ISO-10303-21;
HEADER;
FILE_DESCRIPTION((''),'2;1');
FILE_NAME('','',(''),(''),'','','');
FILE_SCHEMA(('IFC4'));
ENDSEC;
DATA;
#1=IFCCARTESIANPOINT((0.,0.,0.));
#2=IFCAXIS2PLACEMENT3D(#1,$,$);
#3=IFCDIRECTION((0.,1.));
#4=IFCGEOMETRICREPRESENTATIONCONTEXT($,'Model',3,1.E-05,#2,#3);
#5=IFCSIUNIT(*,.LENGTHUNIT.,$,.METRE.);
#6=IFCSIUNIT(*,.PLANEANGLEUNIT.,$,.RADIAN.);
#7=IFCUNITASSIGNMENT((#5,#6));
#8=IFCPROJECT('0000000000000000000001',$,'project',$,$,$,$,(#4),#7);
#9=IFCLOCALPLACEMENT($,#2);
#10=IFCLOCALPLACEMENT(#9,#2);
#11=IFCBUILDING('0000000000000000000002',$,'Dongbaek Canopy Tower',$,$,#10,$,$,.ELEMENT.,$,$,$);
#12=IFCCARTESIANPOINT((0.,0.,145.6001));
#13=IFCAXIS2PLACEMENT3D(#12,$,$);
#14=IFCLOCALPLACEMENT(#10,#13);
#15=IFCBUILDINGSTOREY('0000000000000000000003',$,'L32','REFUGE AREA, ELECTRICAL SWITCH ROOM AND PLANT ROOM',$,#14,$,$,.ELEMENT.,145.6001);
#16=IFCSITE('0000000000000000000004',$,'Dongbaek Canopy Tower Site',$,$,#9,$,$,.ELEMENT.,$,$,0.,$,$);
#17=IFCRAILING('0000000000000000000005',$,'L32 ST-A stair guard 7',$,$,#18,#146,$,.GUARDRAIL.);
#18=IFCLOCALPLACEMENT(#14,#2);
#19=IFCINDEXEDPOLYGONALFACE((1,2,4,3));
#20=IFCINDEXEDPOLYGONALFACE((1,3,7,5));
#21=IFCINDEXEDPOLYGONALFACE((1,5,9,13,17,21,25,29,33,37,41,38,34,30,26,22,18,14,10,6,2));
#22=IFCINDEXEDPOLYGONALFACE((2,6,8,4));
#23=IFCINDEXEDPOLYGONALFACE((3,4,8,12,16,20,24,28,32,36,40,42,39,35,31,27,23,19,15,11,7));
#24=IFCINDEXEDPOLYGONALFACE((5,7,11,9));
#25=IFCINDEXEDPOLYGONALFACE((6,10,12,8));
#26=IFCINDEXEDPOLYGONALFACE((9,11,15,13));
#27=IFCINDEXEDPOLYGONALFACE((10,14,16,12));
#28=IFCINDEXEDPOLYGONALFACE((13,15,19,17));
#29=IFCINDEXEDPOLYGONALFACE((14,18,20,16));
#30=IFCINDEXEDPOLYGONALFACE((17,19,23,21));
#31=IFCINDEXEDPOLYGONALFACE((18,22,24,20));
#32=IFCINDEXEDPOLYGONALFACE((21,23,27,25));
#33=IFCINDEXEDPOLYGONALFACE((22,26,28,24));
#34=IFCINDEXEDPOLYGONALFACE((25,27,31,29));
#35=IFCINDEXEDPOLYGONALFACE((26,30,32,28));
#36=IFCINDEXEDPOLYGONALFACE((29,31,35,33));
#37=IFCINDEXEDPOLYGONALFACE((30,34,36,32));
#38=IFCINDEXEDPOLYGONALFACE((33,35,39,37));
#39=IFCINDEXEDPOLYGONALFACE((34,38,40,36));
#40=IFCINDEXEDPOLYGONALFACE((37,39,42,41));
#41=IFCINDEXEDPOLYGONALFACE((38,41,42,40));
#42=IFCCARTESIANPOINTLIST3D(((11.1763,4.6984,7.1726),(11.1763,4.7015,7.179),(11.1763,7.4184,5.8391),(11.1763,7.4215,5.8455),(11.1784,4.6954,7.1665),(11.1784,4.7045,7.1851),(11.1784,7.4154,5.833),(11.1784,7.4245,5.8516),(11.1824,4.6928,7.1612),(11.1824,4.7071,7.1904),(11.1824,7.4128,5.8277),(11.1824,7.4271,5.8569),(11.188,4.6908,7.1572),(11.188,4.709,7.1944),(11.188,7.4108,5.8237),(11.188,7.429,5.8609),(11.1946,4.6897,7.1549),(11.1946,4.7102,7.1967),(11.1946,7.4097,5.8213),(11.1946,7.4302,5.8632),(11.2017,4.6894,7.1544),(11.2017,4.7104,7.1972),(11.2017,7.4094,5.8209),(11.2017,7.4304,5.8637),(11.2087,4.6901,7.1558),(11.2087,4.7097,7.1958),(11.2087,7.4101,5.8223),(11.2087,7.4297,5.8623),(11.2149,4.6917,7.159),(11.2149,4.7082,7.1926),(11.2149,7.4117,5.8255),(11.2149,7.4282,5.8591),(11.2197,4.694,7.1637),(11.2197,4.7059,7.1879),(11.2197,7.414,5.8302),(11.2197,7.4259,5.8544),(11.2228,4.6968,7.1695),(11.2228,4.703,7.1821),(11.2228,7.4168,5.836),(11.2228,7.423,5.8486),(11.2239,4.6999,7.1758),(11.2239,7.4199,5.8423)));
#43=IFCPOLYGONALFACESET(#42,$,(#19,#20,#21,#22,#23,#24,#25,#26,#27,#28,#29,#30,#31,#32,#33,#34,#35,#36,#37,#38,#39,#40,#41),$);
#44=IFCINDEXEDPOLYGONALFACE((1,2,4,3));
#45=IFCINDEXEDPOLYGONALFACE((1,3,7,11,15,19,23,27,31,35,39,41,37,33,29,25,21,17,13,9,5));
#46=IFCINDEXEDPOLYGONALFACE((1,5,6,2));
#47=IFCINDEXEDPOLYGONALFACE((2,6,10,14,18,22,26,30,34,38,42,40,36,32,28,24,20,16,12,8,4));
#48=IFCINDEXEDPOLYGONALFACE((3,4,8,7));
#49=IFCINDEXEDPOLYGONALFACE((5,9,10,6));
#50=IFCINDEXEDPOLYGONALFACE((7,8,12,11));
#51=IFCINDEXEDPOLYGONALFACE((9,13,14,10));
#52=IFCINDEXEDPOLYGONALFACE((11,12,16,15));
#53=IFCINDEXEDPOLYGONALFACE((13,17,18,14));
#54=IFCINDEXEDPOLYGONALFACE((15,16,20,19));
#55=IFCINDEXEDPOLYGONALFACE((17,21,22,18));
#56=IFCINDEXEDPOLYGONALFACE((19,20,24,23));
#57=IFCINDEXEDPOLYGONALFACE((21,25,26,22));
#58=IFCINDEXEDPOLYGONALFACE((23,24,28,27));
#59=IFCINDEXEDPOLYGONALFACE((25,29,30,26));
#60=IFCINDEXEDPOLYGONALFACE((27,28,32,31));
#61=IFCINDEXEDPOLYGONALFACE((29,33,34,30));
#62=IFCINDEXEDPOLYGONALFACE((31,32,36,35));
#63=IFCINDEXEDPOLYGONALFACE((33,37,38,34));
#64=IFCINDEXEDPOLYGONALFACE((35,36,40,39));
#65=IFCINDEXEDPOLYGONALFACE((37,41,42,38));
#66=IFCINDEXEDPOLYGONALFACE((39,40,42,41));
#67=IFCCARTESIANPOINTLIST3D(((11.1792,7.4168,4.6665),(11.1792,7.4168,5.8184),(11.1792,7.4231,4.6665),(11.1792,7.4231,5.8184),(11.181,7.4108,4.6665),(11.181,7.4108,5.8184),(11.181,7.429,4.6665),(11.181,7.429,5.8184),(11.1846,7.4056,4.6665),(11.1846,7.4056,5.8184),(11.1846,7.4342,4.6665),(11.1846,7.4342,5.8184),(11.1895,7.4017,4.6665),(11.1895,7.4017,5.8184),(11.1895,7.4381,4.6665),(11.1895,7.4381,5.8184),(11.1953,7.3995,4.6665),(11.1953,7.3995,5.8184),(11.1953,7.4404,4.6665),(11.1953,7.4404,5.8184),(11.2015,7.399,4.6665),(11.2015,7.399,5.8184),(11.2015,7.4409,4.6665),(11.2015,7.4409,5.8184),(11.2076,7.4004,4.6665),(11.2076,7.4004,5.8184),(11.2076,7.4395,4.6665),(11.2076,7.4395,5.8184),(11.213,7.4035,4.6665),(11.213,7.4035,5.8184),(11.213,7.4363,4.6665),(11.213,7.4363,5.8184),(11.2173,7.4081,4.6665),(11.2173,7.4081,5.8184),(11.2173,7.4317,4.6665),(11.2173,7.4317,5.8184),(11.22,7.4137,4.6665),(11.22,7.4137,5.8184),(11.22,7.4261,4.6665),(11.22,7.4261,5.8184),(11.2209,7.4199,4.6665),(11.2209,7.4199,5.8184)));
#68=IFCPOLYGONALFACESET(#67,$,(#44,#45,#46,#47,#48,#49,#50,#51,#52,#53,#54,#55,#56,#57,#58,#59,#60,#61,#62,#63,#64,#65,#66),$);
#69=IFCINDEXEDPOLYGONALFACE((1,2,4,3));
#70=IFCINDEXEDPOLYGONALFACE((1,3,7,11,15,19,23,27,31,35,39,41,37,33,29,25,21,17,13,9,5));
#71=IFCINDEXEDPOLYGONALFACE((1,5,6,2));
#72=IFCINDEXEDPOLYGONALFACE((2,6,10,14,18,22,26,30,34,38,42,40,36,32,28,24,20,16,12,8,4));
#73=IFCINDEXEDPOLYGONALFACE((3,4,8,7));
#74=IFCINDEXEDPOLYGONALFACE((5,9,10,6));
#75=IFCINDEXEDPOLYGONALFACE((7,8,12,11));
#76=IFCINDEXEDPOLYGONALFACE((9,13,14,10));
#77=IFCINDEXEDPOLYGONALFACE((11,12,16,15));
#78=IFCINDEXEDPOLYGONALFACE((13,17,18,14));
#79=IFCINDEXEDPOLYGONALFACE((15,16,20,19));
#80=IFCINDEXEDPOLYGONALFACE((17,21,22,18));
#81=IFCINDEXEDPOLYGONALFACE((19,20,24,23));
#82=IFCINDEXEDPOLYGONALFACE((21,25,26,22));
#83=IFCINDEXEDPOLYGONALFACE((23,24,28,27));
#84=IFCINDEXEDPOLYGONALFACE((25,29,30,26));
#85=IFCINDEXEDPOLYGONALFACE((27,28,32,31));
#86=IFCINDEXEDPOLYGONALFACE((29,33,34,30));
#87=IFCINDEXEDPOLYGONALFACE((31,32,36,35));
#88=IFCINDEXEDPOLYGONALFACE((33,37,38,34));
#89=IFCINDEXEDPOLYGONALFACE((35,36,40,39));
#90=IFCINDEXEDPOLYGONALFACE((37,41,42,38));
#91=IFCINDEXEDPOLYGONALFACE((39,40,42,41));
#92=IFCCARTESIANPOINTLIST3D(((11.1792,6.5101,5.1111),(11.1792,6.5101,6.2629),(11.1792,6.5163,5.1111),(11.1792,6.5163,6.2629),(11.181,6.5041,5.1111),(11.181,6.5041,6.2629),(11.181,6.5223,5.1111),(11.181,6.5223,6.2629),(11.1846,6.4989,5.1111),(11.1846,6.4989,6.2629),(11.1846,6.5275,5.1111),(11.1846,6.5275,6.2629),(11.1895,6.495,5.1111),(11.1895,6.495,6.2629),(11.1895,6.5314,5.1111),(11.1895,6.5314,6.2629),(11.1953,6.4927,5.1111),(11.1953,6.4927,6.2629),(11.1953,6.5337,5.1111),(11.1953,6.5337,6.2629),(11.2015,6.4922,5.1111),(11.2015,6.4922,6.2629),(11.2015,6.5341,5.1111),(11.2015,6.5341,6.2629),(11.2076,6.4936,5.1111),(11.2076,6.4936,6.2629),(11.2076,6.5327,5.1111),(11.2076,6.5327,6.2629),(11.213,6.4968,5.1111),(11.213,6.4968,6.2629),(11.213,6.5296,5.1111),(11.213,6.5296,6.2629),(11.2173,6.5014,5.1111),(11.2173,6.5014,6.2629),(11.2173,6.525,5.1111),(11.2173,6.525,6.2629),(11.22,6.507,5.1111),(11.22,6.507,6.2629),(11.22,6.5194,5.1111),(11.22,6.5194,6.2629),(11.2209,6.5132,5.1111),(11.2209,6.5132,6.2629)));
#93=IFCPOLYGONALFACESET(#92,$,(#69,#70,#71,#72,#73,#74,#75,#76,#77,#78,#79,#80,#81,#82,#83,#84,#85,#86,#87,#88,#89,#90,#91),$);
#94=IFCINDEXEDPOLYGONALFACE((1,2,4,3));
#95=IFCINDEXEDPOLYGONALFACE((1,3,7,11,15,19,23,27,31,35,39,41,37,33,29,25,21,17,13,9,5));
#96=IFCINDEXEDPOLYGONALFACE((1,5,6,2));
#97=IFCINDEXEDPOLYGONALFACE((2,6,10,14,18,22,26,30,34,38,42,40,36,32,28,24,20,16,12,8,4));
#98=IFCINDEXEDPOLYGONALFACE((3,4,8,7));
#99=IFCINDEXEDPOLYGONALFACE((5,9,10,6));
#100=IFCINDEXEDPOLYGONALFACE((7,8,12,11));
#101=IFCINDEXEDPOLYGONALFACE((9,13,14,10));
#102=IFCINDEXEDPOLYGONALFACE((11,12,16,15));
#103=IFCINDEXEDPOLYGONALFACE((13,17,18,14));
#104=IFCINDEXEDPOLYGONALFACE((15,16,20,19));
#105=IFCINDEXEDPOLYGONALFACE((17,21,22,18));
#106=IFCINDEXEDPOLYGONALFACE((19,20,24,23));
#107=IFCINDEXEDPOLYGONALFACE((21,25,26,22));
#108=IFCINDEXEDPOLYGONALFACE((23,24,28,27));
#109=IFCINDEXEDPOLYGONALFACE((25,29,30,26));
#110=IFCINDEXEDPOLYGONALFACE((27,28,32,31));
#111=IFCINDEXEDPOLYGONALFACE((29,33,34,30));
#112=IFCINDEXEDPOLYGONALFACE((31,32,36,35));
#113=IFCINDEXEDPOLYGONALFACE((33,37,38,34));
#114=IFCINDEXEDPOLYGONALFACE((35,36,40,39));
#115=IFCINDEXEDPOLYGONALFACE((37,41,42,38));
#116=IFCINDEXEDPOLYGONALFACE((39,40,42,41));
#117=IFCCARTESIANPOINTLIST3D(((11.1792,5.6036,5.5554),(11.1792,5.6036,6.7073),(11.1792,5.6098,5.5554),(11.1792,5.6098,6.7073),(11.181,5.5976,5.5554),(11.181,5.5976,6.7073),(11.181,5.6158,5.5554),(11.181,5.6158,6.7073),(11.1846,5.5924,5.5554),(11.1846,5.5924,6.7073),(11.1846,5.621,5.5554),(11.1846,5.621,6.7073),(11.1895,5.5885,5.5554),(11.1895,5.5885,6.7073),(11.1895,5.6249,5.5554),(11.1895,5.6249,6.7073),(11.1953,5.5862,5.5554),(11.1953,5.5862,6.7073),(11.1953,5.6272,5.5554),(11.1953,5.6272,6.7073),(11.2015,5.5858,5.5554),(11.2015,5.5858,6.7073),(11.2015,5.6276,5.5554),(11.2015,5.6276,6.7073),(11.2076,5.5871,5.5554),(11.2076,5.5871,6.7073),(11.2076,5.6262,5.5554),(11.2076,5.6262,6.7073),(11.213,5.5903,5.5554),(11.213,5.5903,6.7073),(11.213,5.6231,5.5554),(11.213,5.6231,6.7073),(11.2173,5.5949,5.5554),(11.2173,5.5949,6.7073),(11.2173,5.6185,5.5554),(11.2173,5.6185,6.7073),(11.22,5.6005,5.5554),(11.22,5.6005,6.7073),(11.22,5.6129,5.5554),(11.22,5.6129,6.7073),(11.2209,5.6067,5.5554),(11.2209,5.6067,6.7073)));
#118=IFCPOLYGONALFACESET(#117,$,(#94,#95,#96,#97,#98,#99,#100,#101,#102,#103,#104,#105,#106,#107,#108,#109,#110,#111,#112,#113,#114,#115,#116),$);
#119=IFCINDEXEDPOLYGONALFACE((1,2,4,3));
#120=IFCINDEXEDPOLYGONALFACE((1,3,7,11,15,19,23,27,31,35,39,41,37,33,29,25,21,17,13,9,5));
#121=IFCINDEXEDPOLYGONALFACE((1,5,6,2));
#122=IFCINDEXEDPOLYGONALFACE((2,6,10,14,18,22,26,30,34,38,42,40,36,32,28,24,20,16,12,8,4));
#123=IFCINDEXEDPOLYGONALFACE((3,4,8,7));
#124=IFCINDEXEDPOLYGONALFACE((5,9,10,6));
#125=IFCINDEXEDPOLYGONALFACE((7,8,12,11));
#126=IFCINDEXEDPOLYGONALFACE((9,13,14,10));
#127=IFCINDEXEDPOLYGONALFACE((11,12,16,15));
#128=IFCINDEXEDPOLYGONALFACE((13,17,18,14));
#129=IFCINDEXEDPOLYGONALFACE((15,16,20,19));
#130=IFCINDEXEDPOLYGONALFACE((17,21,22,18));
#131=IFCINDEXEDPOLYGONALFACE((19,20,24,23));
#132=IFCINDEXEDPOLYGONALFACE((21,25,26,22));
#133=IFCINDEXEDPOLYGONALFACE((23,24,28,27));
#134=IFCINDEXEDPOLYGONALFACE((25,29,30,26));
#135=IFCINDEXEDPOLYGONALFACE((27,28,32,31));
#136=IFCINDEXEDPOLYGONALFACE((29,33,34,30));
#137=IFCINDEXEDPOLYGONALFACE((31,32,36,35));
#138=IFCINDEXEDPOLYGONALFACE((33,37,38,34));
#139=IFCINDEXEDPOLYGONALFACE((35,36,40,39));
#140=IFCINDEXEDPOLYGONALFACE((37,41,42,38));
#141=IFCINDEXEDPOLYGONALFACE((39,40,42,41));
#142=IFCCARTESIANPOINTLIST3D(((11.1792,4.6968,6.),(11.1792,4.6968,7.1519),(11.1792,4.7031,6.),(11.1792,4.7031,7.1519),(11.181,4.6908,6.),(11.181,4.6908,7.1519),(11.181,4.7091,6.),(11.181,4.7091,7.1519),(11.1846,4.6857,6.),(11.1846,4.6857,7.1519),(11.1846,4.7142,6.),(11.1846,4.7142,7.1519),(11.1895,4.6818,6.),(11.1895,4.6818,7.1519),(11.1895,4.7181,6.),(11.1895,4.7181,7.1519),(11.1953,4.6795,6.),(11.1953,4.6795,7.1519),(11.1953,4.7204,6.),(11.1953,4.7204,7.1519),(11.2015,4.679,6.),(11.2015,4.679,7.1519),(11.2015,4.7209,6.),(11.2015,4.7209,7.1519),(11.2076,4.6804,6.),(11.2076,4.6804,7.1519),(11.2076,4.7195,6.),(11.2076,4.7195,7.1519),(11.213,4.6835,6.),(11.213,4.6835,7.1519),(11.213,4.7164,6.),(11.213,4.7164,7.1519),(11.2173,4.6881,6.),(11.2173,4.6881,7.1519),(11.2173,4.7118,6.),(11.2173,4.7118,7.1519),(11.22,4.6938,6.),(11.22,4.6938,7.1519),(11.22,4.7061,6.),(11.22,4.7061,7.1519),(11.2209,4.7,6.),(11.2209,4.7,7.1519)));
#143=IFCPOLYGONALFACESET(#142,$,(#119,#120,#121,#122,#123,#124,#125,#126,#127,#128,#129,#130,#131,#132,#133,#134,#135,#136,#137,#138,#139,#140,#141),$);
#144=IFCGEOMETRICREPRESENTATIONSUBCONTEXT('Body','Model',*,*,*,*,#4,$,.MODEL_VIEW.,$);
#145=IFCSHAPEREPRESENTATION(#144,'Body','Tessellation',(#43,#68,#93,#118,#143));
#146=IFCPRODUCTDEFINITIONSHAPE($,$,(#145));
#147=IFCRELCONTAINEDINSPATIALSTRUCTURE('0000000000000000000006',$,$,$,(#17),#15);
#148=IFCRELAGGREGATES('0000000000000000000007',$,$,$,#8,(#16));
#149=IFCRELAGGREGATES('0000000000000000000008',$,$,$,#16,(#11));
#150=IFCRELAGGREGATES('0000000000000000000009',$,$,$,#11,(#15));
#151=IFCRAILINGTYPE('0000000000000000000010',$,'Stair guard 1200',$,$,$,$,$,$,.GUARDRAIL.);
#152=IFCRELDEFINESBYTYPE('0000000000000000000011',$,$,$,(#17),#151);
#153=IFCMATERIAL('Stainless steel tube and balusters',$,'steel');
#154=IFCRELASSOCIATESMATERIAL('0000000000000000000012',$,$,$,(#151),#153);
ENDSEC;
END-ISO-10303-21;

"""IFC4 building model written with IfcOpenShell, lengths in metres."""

from ifc_helpers import new_model, si_unit, direction, frame, origin, origin_2d, place, context, subcontext, project, spatial, circle, extrude, material, type_object, element, save


model = new_model("IFC4")

# Units and contexts
model_context = context("Model", 3, precision=1e-05, world=origin(), true_north=direction((0.0, 1.0)))
body_context = subcontext(model_context, "Body", "Model", "MODEL_VIEW")
ifc_project = project(units=[si_unit("LENGTHUNIT", "METRE"), si_unit("PLANEANGLEUNIT", "RADIAN")], contexts=[model_context])

# Site, building, storey
site_placement = place(None, origin())
site = spatial("IfcSite", under=ifc_project, at=site_placement, Name="Dongbaek Canopy Tower Site", CompositionType="ELEMENT", RefElevation=0.0)
building_placement = place(site_placement, origin())
building = spatial("IfcBuilding", under=site, at=building_placement, Name="Dongbaek Canopy Tower", CompositionType="ELEMENT")
storey_placement = place(building_placement, frame((0.0, 0.0, 145.6001)))
storey = spatial("IfcBuildingStorey", under=building, at=storey_placement, Name="L32", Description="REFUGE AREA, ELECTRICAL SWITCH ROOM AND PLANT ROOM", CompositionType="ELEMENT", Elevation=145.6001)

# Railing
ifc_material_1 = material(Name="Stainless steel tube and balusters", Category="steel")
railing_type_1 = type_object("IfcRailingType", Name="Stair guard 1200", PredefinedType="GUARDRAIL", material=ifc_material_1)
railing_1_placement = place(storey_placement, frame((11.2, 7.4199, 4.6665)))
element("IfcRailing", 1, at=railing_1_placement, inside=storey, type_object=railing_type_1, Name="L32 ST-A stair guard 7", PredefinedType="GUARDRAIL", context=body_context, shape_type="SweptSolid", body=[
    extrude(circle(Radius=0.0239, at=origin_2d()), frame((0.0, 0.0, 1.1758), z_axis=(0.0, -0.897898, 0.440204), x_axis=(1.0, 0.0, 0.0)), (0.0, 0.0, 1.0), 3.0293),
    extrude(circle(Radius=0.021, at=origin_2d()), origin(), (0.0, 0.0, 1.0), 1.1519),
    extrude(circle(Radius=0.021, at=origin_2d()), frame((0.0, -0.9067, 0.4446)), (0.0, 0.0, 1.0), 1.1519),
    extrude(circle(Radius=0.021, at=origin_2d()), frame((0.0, -1.8132, 0.8889)), (0.0, 0.0, 1.0), 1.1519),
    extrude(circle(Radius=0.021, at=origin_2d()), frame((0.0, -2.72, 1.3335)), (0.0, 0.0, 1.0), 1.1519),
])

save(model, "model.ifc")
